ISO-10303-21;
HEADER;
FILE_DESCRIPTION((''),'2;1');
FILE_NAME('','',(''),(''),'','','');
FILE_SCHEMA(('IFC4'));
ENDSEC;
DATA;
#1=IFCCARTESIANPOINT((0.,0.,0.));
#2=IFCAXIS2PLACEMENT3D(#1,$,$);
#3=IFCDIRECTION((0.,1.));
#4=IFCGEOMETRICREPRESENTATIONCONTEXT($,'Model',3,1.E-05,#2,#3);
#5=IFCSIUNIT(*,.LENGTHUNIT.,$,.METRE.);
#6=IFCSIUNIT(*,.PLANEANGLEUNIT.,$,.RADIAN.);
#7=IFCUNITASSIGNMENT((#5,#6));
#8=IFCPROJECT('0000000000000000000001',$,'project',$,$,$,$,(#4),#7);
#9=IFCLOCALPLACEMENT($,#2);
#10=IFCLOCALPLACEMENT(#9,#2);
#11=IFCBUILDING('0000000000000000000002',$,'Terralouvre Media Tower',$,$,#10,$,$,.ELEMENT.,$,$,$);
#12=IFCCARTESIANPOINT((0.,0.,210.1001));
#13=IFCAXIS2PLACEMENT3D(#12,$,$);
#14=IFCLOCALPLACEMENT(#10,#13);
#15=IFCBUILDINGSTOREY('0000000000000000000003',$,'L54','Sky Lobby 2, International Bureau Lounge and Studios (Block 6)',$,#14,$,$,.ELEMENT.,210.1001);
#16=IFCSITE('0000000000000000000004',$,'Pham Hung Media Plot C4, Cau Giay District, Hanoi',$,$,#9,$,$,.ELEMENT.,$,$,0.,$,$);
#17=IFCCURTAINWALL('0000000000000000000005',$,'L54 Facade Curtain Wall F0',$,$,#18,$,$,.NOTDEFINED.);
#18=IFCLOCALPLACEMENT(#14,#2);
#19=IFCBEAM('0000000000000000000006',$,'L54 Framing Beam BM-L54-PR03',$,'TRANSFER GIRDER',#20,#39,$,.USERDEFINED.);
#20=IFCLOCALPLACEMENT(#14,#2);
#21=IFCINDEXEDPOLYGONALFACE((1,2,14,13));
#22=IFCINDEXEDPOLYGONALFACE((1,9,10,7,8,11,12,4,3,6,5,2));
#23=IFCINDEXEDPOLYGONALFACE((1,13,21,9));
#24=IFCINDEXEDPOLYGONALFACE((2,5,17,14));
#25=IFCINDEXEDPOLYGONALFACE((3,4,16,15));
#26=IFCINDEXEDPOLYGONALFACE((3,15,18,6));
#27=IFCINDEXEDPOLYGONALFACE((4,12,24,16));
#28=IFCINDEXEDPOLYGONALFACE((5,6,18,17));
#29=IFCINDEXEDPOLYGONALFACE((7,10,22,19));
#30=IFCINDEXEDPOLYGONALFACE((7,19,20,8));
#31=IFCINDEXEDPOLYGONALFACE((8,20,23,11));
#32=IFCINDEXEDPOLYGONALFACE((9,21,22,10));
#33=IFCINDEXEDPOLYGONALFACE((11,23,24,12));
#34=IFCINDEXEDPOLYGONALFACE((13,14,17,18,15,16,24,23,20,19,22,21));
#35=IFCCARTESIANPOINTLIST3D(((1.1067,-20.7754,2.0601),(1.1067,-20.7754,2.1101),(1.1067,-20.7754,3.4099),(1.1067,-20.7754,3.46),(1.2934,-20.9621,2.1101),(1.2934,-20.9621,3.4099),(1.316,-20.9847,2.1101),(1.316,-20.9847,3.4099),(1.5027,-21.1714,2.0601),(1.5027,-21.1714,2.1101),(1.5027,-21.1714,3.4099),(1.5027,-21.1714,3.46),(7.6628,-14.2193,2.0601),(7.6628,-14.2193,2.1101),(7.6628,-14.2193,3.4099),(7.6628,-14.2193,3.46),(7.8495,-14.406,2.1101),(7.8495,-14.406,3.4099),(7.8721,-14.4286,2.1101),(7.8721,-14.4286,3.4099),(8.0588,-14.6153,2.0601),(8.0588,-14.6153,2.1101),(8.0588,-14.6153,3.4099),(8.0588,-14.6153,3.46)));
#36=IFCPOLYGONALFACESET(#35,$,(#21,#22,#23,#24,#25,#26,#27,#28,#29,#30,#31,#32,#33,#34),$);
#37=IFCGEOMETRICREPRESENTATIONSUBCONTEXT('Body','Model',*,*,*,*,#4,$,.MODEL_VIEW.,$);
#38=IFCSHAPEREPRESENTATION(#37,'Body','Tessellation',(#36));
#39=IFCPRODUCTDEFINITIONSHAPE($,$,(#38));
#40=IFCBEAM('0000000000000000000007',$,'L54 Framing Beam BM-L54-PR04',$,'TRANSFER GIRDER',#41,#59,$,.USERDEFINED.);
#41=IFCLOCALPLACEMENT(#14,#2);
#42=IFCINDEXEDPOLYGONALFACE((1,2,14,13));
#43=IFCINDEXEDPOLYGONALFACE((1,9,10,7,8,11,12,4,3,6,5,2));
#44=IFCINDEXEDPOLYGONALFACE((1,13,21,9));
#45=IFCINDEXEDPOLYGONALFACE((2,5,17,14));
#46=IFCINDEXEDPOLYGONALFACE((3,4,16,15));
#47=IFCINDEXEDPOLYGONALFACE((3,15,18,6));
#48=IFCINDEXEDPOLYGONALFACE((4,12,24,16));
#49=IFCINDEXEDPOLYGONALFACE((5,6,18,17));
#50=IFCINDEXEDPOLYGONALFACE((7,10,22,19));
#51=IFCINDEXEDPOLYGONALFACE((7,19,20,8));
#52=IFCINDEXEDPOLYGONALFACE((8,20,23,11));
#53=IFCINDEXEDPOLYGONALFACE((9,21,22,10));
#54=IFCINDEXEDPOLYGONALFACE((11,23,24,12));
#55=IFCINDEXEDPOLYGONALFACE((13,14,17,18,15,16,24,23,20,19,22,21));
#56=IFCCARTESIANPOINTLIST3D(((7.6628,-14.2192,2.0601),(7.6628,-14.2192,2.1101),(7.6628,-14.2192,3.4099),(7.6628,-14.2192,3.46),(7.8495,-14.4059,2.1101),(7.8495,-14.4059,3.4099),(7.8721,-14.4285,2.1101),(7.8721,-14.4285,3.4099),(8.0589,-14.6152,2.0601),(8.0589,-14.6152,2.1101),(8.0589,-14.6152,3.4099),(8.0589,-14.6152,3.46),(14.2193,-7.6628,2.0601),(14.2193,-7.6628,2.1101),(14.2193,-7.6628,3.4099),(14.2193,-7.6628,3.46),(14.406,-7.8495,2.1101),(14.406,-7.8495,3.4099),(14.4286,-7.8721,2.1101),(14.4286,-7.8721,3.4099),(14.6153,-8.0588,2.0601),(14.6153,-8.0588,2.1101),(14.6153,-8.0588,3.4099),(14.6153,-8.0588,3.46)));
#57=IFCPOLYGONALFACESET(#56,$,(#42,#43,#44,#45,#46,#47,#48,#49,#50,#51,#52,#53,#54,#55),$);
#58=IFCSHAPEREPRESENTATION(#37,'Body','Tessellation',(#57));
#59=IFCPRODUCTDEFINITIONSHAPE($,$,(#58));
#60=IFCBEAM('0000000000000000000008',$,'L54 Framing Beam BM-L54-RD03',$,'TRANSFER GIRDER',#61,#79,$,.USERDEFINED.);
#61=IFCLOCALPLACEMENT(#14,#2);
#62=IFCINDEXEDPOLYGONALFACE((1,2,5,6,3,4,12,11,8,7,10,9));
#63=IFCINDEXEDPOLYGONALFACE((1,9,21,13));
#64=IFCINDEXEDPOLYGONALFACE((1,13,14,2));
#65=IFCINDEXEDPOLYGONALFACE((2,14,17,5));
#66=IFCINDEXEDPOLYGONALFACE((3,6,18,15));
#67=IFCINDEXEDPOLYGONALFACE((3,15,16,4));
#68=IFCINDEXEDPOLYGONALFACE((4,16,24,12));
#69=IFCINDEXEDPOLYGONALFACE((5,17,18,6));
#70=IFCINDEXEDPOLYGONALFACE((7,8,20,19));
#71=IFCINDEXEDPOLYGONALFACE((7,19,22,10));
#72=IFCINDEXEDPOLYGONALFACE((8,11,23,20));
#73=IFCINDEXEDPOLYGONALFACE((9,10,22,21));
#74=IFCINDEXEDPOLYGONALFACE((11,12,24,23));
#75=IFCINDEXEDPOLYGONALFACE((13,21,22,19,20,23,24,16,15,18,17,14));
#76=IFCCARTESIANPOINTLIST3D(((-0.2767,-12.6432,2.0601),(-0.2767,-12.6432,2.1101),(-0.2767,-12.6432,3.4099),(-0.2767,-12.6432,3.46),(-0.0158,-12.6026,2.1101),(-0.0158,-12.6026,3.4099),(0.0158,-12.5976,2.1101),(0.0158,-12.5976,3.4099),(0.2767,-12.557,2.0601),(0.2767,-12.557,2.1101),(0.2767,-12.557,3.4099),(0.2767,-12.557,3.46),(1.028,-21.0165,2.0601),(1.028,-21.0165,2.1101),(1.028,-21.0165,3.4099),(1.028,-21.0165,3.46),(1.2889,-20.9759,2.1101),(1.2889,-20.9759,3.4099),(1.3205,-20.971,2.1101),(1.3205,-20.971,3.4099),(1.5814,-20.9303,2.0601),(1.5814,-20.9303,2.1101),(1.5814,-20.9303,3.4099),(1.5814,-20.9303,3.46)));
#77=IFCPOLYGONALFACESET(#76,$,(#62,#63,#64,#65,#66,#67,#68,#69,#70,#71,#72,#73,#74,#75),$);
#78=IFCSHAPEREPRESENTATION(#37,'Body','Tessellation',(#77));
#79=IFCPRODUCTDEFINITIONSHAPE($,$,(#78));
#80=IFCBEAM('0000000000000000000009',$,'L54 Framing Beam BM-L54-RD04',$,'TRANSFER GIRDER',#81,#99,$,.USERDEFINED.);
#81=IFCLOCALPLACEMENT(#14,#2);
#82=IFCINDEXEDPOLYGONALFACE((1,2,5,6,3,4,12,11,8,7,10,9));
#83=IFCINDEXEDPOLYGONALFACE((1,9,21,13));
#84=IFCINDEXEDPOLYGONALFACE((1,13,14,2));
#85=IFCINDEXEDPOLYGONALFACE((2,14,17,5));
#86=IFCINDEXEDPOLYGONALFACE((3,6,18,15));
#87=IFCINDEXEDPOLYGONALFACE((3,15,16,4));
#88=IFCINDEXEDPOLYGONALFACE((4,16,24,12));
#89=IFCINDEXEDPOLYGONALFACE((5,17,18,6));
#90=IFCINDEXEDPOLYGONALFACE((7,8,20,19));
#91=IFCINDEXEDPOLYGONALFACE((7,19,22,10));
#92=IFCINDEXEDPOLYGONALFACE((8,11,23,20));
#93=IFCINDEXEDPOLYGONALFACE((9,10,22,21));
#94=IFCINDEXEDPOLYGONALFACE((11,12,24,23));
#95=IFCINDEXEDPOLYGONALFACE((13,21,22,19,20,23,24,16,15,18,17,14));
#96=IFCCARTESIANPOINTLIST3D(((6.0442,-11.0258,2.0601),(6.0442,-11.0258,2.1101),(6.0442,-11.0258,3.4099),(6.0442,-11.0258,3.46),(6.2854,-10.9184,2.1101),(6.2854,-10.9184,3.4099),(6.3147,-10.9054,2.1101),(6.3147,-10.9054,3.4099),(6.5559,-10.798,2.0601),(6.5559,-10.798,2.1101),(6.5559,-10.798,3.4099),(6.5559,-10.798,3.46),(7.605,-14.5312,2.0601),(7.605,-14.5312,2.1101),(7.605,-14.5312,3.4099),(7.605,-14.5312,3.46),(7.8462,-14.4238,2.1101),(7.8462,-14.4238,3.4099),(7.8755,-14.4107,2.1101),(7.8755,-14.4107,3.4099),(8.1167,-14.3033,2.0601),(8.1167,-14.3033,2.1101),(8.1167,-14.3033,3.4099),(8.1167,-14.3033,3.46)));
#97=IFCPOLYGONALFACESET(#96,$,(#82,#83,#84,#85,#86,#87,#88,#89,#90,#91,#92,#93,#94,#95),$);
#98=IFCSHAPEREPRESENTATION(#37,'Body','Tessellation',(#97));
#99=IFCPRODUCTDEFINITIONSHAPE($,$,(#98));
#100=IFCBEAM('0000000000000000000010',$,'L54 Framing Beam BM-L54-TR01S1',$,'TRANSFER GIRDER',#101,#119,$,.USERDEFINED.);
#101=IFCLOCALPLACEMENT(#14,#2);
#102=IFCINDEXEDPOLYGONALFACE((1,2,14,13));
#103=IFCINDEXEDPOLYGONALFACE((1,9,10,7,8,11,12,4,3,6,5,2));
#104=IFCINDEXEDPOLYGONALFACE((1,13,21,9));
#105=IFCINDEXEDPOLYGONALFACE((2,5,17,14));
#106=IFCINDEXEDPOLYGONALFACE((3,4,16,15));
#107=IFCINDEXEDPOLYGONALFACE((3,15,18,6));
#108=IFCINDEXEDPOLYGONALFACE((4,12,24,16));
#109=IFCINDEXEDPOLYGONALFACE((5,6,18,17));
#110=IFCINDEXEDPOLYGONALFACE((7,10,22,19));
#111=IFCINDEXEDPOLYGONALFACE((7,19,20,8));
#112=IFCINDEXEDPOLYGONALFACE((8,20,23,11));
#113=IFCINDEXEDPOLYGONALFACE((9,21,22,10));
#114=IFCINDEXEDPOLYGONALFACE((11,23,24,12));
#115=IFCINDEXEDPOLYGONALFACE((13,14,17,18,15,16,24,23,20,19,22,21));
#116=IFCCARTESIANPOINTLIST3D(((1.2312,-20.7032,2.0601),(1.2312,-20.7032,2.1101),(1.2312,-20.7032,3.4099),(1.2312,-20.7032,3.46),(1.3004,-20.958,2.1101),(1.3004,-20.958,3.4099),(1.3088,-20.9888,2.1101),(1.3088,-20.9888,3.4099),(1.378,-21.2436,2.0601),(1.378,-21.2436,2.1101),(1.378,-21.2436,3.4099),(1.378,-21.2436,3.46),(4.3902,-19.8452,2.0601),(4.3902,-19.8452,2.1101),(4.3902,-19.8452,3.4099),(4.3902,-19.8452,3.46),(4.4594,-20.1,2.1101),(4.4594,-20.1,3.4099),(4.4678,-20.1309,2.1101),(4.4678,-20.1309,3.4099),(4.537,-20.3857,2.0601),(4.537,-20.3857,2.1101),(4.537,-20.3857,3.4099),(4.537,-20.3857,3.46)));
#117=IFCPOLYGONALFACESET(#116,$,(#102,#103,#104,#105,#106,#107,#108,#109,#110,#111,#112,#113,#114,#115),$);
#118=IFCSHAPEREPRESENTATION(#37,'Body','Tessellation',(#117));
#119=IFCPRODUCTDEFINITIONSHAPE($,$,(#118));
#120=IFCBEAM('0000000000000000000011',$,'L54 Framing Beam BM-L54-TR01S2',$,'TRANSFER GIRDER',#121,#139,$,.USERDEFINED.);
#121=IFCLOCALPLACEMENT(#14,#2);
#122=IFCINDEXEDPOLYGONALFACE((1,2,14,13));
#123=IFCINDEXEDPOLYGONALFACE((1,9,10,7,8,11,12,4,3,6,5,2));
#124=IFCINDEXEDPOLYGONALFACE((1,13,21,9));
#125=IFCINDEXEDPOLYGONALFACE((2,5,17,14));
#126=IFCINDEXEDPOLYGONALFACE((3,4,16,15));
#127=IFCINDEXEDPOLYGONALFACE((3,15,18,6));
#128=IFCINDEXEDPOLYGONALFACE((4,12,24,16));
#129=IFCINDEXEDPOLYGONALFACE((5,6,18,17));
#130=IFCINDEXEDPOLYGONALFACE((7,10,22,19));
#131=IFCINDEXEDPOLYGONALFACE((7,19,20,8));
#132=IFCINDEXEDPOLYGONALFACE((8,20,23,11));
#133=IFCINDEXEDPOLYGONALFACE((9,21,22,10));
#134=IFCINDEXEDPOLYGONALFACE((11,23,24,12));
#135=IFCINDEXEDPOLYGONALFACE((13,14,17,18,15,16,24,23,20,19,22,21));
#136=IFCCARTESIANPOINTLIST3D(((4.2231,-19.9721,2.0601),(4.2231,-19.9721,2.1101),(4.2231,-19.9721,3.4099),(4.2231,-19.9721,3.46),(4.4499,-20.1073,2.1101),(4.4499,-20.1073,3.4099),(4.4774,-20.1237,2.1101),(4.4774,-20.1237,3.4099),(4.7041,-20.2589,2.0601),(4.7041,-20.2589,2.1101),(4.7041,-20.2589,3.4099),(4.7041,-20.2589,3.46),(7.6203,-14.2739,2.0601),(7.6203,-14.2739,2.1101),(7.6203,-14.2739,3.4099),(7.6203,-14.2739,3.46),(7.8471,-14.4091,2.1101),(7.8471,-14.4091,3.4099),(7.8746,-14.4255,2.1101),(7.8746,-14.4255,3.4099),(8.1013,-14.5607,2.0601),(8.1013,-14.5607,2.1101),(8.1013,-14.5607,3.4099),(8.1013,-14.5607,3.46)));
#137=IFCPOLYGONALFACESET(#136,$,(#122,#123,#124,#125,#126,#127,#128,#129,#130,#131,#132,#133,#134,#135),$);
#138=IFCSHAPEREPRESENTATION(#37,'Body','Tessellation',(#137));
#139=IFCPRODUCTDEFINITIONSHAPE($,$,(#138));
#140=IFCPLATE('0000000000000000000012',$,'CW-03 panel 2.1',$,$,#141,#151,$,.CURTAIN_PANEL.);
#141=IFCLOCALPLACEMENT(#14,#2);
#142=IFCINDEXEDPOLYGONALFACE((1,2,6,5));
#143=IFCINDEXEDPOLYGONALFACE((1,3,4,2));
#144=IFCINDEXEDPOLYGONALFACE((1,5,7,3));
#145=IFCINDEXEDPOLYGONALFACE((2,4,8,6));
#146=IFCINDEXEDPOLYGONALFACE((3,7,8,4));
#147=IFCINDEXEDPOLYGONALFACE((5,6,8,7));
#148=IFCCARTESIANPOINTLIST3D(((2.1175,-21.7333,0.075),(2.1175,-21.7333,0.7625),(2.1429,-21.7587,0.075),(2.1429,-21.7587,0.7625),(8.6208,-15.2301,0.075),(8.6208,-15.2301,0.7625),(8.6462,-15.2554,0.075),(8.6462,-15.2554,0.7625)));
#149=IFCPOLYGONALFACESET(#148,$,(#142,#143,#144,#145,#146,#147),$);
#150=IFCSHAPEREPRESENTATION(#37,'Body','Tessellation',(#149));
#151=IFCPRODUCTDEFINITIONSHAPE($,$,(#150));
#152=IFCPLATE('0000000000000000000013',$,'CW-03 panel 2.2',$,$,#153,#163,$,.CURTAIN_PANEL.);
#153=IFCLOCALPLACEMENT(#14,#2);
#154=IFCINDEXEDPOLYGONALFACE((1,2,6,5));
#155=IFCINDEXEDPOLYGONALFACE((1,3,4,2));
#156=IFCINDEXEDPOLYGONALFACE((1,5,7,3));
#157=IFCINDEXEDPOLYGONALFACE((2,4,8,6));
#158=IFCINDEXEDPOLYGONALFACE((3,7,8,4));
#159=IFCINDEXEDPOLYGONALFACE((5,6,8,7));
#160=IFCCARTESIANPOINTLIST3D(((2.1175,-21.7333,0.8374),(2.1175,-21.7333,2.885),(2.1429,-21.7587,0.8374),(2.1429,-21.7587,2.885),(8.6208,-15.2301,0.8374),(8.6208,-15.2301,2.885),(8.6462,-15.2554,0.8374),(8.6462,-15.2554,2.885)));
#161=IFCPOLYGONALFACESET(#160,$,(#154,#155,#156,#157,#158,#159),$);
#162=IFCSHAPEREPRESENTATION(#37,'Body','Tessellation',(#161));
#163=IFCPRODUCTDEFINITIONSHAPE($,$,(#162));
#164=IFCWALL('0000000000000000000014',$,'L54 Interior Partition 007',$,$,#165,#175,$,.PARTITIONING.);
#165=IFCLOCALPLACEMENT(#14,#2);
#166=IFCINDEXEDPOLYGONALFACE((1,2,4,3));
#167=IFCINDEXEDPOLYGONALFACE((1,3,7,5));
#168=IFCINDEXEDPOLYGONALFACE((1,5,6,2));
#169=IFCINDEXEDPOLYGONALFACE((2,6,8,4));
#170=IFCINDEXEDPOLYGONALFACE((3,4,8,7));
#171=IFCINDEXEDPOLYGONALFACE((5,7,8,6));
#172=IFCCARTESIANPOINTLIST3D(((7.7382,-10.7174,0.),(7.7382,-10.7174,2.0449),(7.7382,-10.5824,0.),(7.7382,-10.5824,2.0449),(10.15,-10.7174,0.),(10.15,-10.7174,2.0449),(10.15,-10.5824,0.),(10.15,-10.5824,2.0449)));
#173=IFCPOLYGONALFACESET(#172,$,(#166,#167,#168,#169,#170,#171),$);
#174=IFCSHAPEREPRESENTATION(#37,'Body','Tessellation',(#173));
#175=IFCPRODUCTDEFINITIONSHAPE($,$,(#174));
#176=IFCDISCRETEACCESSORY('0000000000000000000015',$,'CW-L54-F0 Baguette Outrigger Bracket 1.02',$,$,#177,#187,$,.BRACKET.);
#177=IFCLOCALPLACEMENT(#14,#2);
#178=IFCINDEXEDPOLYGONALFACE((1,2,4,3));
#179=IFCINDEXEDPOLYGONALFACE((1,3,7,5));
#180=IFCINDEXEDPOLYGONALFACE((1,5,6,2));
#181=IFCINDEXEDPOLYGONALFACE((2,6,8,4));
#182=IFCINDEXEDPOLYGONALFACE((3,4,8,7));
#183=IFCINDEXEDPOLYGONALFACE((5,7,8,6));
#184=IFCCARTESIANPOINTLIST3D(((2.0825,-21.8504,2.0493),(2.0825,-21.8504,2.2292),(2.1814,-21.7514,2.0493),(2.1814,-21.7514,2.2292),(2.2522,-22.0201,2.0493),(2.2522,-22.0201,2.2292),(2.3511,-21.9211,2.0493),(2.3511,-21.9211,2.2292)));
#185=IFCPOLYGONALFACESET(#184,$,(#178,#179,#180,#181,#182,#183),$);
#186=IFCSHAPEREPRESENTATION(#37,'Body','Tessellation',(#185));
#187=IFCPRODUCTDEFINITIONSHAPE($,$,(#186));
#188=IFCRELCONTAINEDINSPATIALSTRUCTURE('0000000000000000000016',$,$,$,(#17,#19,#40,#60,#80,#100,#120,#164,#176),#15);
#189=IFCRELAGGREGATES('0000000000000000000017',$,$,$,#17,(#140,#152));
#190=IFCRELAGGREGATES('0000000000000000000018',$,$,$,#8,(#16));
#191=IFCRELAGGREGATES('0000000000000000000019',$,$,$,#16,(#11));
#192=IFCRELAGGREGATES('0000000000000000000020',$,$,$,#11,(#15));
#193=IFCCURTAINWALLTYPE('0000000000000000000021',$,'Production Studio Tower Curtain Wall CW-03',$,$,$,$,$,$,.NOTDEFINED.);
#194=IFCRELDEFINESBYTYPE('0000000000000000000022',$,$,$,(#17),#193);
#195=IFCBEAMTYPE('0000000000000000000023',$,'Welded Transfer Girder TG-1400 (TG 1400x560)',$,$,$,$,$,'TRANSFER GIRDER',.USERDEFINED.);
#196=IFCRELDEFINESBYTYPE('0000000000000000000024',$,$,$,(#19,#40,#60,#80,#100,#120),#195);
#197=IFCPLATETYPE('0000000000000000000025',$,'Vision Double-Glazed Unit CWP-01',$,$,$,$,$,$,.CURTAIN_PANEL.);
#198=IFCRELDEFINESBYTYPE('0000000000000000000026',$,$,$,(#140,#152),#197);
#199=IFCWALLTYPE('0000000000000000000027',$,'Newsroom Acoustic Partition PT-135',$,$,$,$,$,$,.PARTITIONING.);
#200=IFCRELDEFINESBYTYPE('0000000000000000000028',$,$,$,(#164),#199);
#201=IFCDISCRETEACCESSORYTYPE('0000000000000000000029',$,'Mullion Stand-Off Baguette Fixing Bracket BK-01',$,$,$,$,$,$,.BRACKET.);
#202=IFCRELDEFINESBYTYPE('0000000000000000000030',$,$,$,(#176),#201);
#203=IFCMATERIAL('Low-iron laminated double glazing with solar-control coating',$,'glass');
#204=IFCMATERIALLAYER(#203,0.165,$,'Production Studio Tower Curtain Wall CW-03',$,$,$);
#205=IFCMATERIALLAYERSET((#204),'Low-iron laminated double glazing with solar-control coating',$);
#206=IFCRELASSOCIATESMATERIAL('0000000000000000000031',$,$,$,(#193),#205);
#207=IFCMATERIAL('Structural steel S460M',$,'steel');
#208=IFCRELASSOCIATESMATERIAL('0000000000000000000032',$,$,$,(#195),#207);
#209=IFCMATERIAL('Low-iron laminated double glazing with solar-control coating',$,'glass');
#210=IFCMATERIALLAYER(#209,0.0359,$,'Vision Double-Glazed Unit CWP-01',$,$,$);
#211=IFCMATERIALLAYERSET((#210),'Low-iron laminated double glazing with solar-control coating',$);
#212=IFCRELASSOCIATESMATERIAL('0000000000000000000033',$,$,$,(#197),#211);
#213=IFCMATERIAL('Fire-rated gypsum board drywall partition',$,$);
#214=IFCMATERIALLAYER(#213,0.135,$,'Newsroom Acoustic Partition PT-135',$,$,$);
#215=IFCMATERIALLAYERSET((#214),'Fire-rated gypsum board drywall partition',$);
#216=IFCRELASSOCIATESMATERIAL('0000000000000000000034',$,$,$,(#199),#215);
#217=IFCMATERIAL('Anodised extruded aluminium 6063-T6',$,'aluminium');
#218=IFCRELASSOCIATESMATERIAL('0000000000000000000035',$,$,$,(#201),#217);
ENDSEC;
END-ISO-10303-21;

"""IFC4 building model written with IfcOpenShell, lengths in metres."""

from ifc_helpers import new_model, si_unit, direction, frame, frame_2d, origin, origin_2d, place, context, subcontext, project, spatial, rectangle, i_section, extrude, material, layer, layer_set, material_profile, profile_set, type_object, element, aggregate, save


model = new_model("IFC4")

# Units and contexts
model_context = context("Model", 3, precision=1e-05, world=origin(), true_north=direction((0.0, 1.0)))
body_context = subcontext(model_context, "Body", "Model", "MODEL_VIEW")
ifc_project = project(units=[si_unit("LENGTHUNIT", "METRE"), si_unit("PLANEANGLEUNIT", "RADIAN")], contexts=[model_context])

# Site, building, storey
site_placement = place(None, origin())
site = spatial("IfcSite", under=ifc_project, at=site_placement, Name="Pham Hung Media Plot C4, Cau Giay District, Hanoi", CompositionType="ELEMENT", RefElevation=0.0)
building_placement = place(site_placement, origin())
building = spatial("IfcBuilding", under=site, at=building_placement, Name="Terralouvre Media Tower", CompositionType="ELEMENT")
storey_placement = place(building_placement, frame((0.0, 0.0, 210.1001)))
storey = spatial("IfcBuildingStorey", under=building, at=storey_placement, Name="L54", Description="Sky Lobby 2, International Bureau Lounge and Studios (Block 6)", CompositionType="ELEMENT", Elevation=210.1001)

# Curtain wall
ifc_material_1 = material(Name="Low-iron laminated double glazing with solar-control coating", Category="glass")
ifc_layer_1 = layer(ifc_material_1, 0.165, Name="Production Studio Tower Curtain Wall CW-03")
ifc_layer_set_1 = layer_set([ifc_layer_1], Name="Low-iron laminated double glazing with solar-control coating")
curtain_wall_type = type_object("IfcCurtainWallType", Name="Production Studio Tower Curtain Wall CW-03", PredefinedType="NOTDEFINED", material=ifc_layer_set_1)
curtain_wall_placement = place(storey_placement, origin())
curtain_wall = element("IfcCurtainWall", 1, at=curtain_wall_placement, inside=storey, type_object=curtain_wall_type, Name="L54 Facade Curtain Wall F0", PredefinedType="NOTDEFINED")

# Beams
ifc_material_2 = material(Name="Structural steel S460M", Category="steel")
ifc_material_profile_1 = material_profile(ifc_material_2, i_section(OverallWidth=0.5601, OverallDepth=1.3999, WebThickness=0.032, FlangeThickness=0.05, at=origin_2d()), Name="TG 1400x560")
ifc_profile_set_1 = profile_set([ifc_material_profile_1], Name="Structural steel S460M")
beam_type_1 = type_object("IfcBeamType", Name="Welded Transfer Girder TG-1400 (TG 1400x560)", ElementType="TRANSFER GIRDER", PredefinedType="USERDEFINED", material=ifc_profile_set_1)
beam_1_placement = place(storey_placement, frame((1.3047, -20.9734, 2.76), z_axis=(0.707107, 0.707107, 0.0), x_axis=(-0.707107, 0.707107, 0.0)))
element("IfcBeam", 2, at=beam_1_placement, inside=storey, type_object=beam_type_1, Name="L54 Framing Beam BM-L54-PR03", ObjectType="TRANSFER GIRDER", PredefinedType="USERDEFINED", context=body_context, shape_type="SweptSolid", body=[
    extrude(i_section(OverallWidth=0.5601, OverallDepth=1.3999, WebThickness=0.032, FlangeThickness=0.05, at=origin_2d()), origin(), (0.0, 0.0, 1.0), 9.2717),
])
beam_2_placement = place(storey_placement, frame((7.8608, -14.4172, 2.76), z_axis=(0.707107, 0.707107, 0.0), x_axis=(-0.707107, 0.707107, 0.0)))
element("IfcBeam", 3, at=beam_2_placement, inside=storey, type_object=beam_type_1, Name="L54 Framing Beam BM-L54-PR04", ObjectType="TRANSFER GIRDER", PredefinedType="USERDEFINED", context=body_context, shape_type="SweptSolid", body=[
    extrude(i_section(OverallWidth=0.5601, OverallDepth=1.3999, WebThickness=0.032, FlangeThickness=0.05, at=origin_2d()), origin(), (0.0, 0.0, 1.0), 9.2722),
])
beam_3_placement = place(storey_placement, frame((0.0, -12.6001, 2.76), z_axis=(0.153958, -0.988077, 0.0), x_axis=(0.988077, 0.153958, 0.0)))
element("IfcBeam", 4, at=beam_3_placement, inside=storey, type_object=beam_type_1, Name="L54 Framing Beam BM-L54-RD03", ObjectType="TRANSFER GIRDER", PredefinedType="USERDEFINED", context=body_context, shape_type="SweptSolid", body=[
    extrude(i_section(OverallWidth=0.5601, OverallDepth=1.3999, WebThickness=0.032, FlangeThickness=0.05, at=origin_2d()), origin(), (0.0, 0.0, 1.0), 8.4744),
])
beam_4_placement = place(storey_placement, frame((6.3, -10.9119, 2.76), z_axis=(0.406758, -0.913536, 0.0), x_axis=(0.913536, 0.406758, 0.0)))
element("IfcBeam", 5, at=beam_4_placement, inside=storey, type_object=beam_type_1, Name="L54 Framing Beam BM-L54-RD04", ObjectType="TRANSFER GIRDER", PredefinedType="USERDEFINED", context=body_context, shape_type="SweptSolid", body=[
    extrude(i_section(OverallWidth=0.5601, OverallDepth=1.3999, WebThickness=0.032, FlangeThickness=0.05, at=origin_2d()), origin(), (0.0, 0.0, 1.0), 3.8372),
])
beam_5_placement = place(storey_placement, frame((4.4636, -20.1155, 2.76), z_axis=(-0.965044, -0.262089, 0.0), x_axis=(0.262089, -0.965044, 0.0)))
element("IfcBeam", 6, at=beam_5_placement, inside=storey, type_object=beam_type_1, Name="L54 Framing Beam BM-L54-TR01S1", ObjectType="TRANSFER GIRDER", PredefinedType="USERDEFINED", context=body_context, shape_type="SweptSolid", body=[
    extrude(i_section(OverallWidth=0.5601, OverallDepth=1.3999, WebThickness=0.032, FlangeThickness=0.05, at=origin_2d()), origin(), (0.0, 0.0, 1.0), 3.2734),
])
beam_6_placement = place(storey_placement, frame((4.4636, -20.1155, 2.76), z_axis=(0.512085, 0.858935, 0.0), x_axis=(-0.858935, 0.512085, 0.0)))
element("IfcBeam", 7, at=beam_6_placement, inside=storey, type_object=beam_type_1, Name="L54 Framing Beam BM-L54-TR01S2", ObjectType="TRANSFER GIRDER", PredefinedType="USERDEFINED", context=body_context, shape_type="SweptSolid", body=[
    extrude(i_section(OverallWidth=0.5601, OverallDepth=1.3999, WebThickness=0.032, FlangeThickness=0.05, at=origin_2d()), origin(), (0.0, 0.0, 1.0), 6.634),
])

# Plates
ifc_material_3 = material(Name="Low-iron laminated double glazing with solar-control coating", Category="glass")
ifc_layer_2 = layer(ifc_material_3, 0.0359, Name="Vision Double-Glazed Unit CWP-01")
ifc_layer_set_2 = layer_set([ifc_layer_2], Name="Low-iron laminated double glazing with solar-control coating")
plate_type = type_object("IfcPlateType", Name="Vision Double-Glazed Unit CWP-01", PredefinedType="CURTAIN_PANEL", material=ifc_layer_set_2)
plate_1_placement = place(storey_placement, frame((5.3818, -18.4944, 0.075), z_axis=(0.0, 0.0, 1.0), x_axis=(0.707107, 0.707107, 0.0)))
plate_1 = element("IfcPlate", 8, at=plate_1_placement, type_object=plate_type, Name="CW-03 panel 2.1", PredefinedType="CURTAIN_PANEL", context=body_context, shape_type="SweptSolid", body=[
    extrude(rectangle(XDim=9.197, YDim=0.0359, at=origin_2d()), origin(), (0.0, 0.0, 1.0), 0.6875),
])
plate_2_placement = place(storey_placement, frame((5.3818, -18.4944, 0.8374), z_axis=(0.0, 0.0, 1.0), x_axis=(0.707107, 0.707107, 0.0)))
plate_2 = element("IfcPlate", 9, at=plate_2_placement, type_object=plate_type, Name="CW-03 panel 2.2", PredefinedType="CURTAIN_PANEL", context=body_context, shape_type="SweptSolid", body=[
    extrude(rectangle(XDim=9.197, YDim=0.0359, at=origin_2d()), origin(), (0.0, 0.0, 1.0), 2.0476),
])
aggregate(curtain_wall, [plate_1, plate_2])

# Wall
ifc_material_4 = material(Name="Fire-rated gypsum board drywall partition")
ifc_layer_3 = layer(ifc_material_4, 0.135, Name="Newsroom Acoustic Partition PT-135")
ifc_layer_set_3 = layer_set([ifc_layer_3], Name="Fire-rated gypsum board drywall partition")
wall_type = type_object("IfcWallType", Name="Newsroom Acoustic Partition PT-135", PredefinedType="PARTITIONING", material=ifc_layer_set_3)
wall_placement = place(storey_placement, frame((7.738, -10.6499, 0.0), z_axis=(0.0, 0.0, 1.0), x_axis=(1.0, 0.0, 0.0)))
element("IfcWall", 10, at=wall_placement, inside=storey, type_object=wall_type, Name="L54 Interior Partition 007", PredefinedType="PARTITIONING", context=body_context, shape_type="SweptSolid", body=[
    extrude(rectangle(XDim=2.4119, YDim=0.135, at=frame_2d((1.2061, 0.0))), origin(), (0.0, 0.0, 1.0), 2.0449),
])

# Discrete accessory
ifc_material_5 = material(Name="Anodised extruded aluminium 6063-T6", Category="aluminium")
discrete_accessory_type = type_object("IfcDiscreteAccessoryType", Name="Mullion Stand-Off Baguette Fixing Bracket BK-01", PredefinedType="BRACKET", material=ifc_material_5)
discrete_accessory_placement = place(storey_placement, frame((2.2168, -21.8857, 2.0493), z_axis=(0.0, 0.0, 1.0), x_axis=(0.707107, 0.707107, 0.0)))
element("IfcDiscreteAccessory", 11, at=discrete_accessory_placement, inside=storey, type_object=discrete_accessory_type, Name="CW-L54-F0 Baguette Outrigger Bracket 1.02", PredefinedType="BRACKET", context=body_context, shape_type="SweptSolid", body=[
    extrude(rectangle(XDim=0.1399, YDim=0.24, at=origin_2d()), origin(), (0.0, 0.0, 1.0), 0.1799),
])

save(model, "model.ifc")
